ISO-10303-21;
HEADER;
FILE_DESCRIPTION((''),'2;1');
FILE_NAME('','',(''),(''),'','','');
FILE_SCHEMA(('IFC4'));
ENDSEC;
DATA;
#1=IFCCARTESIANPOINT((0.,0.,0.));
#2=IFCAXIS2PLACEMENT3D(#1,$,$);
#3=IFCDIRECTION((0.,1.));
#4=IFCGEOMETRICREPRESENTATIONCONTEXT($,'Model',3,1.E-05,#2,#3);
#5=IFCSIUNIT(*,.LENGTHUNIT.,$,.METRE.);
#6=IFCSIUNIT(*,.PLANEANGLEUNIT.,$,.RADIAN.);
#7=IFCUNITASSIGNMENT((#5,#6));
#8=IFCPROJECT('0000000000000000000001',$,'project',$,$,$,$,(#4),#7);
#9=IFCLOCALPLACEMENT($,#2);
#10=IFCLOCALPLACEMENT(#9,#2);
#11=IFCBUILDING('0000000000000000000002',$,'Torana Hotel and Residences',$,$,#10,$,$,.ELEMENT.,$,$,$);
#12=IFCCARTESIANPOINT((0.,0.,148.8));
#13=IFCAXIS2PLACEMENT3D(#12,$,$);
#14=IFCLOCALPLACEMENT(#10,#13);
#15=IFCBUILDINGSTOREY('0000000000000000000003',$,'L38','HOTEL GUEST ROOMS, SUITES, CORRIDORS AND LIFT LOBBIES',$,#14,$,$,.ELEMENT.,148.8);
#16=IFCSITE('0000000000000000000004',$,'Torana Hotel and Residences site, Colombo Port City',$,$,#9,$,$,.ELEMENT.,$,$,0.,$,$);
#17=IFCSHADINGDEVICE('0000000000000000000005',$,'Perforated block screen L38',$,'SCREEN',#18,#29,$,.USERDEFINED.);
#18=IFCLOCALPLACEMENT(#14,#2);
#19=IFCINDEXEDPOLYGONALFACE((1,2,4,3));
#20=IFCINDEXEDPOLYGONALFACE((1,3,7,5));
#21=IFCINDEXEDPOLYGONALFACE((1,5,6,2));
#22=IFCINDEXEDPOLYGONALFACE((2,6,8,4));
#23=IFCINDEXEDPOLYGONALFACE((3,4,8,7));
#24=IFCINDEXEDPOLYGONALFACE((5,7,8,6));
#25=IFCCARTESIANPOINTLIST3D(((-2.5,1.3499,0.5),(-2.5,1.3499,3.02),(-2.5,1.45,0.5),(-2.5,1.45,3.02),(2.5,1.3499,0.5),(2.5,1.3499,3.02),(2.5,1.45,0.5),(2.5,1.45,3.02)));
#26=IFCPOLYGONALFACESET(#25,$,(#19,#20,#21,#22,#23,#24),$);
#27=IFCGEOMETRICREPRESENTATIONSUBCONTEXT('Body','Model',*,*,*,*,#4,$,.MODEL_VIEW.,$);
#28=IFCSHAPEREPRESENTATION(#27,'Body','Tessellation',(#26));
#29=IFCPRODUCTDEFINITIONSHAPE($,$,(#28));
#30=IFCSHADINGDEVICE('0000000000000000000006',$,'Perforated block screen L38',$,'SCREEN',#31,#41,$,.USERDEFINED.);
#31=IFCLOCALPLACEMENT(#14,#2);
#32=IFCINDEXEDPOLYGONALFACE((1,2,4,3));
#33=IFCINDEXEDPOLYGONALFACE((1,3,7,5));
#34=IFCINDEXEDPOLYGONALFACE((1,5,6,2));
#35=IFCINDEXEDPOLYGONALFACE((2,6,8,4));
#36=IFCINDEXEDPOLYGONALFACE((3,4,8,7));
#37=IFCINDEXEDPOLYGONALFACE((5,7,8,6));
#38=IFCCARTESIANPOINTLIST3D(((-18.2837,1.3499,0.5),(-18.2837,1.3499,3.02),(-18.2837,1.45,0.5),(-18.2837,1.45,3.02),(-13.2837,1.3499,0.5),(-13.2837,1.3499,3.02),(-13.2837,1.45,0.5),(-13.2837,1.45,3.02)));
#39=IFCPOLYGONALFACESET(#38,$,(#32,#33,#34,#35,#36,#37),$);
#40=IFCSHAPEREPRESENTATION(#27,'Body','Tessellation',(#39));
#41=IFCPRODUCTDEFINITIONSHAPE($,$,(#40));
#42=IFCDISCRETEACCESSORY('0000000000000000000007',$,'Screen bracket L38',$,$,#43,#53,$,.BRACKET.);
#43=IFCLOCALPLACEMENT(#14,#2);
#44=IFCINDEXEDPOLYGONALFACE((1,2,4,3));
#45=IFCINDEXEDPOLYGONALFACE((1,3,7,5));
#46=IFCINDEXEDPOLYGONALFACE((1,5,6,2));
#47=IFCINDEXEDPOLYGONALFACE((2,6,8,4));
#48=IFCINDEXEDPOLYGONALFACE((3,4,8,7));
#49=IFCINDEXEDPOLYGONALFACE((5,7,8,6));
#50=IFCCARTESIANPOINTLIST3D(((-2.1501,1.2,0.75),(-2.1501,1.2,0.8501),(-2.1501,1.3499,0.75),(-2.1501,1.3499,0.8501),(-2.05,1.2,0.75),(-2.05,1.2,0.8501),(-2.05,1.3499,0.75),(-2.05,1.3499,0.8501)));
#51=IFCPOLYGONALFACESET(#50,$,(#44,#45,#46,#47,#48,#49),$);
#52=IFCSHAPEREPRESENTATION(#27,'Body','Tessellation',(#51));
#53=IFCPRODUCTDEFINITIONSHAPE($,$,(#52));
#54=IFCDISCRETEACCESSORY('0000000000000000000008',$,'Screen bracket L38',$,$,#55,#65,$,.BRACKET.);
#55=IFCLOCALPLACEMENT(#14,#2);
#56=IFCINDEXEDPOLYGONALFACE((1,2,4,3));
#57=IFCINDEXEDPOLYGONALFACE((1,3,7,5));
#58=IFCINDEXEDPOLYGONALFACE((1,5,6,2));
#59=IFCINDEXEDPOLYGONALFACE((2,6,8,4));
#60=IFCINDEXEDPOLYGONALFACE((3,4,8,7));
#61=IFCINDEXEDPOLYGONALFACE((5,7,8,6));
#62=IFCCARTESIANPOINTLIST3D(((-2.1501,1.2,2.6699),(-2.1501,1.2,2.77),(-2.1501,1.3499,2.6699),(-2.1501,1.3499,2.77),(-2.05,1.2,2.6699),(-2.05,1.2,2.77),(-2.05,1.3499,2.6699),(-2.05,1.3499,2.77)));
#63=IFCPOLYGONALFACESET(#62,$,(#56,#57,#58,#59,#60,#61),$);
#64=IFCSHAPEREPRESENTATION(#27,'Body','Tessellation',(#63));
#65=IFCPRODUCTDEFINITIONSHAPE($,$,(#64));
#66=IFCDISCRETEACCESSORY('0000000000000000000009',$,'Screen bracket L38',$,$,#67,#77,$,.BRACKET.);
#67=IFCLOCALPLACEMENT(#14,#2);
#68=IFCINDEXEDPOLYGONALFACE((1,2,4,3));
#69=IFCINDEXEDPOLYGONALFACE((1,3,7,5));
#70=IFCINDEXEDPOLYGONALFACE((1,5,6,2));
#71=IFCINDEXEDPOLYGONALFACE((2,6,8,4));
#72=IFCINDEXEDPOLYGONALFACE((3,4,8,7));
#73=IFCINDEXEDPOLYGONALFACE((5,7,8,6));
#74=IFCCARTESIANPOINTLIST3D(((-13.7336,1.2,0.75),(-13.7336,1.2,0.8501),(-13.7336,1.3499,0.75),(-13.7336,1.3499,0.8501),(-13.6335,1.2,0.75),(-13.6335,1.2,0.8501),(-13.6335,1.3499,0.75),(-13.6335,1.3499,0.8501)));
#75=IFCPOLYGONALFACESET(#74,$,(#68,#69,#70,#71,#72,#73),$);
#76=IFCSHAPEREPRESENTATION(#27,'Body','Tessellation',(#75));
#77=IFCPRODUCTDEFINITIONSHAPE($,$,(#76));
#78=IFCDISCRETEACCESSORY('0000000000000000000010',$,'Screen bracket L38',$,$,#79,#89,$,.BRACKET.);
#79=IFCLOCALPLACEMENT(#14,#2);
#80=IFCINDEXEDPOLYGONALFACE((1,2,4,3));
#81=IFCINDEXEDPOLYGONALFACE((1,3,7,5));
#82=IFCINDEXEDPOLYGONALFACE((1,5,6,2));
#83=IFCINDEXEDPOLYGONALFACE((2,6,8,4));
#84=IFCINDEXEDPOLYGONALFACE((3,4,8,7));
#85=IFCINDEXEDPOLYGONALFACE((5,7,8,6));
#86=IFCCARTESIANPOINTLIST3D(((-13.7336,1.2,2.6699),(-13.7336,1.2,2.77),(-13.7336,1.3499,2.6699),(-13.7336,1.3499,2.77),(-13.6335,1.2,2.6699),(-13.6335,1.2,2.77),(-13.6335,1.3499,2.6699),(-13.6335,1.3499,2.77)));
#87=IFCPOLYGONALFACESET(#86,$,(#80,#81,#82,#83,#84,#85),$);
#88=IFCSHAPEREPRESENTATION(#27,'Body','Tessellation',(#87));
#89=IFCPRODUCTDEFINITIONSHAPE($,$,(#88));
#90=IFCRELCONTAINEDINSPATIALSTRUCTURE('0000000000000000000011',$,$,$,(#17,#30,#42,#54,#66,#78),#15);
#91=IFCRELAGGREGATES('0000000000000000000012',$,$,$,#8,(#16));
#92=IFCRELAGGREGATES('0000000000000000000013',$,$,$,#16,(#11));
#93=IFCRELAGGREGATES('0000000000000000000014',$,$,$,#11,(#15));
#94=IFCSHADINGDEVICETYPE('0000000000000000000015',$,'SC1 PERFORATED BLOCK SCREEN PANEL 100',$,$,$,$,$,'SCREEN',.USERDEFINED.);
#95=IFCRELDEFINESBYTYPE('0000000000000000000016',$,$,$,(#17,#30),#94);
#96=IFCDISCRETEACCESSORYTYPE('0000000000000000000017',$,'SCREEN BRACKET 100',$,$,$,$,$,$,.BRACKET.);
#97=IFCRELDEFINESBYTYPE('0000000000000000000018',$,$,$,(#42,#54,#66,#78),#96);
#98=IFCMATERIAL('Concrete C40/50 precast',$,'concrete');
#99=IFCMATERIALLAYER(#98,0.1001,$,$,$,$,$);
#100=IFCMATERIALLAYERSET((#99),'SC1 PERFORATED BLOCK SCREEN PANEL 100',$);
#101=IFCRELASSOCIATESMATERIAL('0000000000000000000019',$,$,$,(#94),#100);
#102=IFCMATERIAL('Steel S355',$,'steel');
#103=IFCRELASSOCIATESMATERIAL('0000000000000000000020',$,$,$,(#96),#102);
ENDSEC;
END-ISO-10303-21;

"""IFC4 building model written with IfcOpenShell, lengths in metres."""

from ifc_helpers import new_model, si_unit, direction, frame, origin, origin_2d, place, context, subcontext, project, spatial, rectangle, extrude, material, layer, layer_set, type_object, element, save


model = new_model("IFC4")

# Units and contexts
model_context = context("Model", 3, precision=1e-05, world=origin(), true_north=direction((0.0, 1.0)))
body_context = subcontext(model_context, "Body", "Model", "MODEL_VIEW")
ifc_project = project(units=[si_unit("LENGTHUNIT", "METRE"), si_unit("PLANEANGLEUNIT", "RADIAN")], contexts=[model_context])

# Site, building, storey
site_placement = place(None, origin())
site = spatial("IfcSite", under=ifc_project, at=site_placement, Name="Torana Hotel and Residences site, Colombo Port City", CompositionType="ELEMENT", RefElevation=0.0)
building_placement = place(site_placement, origin())
building = spatial("IfcBuilding", under=site, at=building_placement, Name="Torana Hotel and Residences", CompositionType="ELEMENT")
storey_placement = place(building_placement, frame((0.0, 0.0, 148.8)))
storey = spatial("IfcBuildingStorey", under=building, at=storey_placement, Name="L38", Description="HOTEL GUEST ROOMS, SUITES, CORRIDORS AND LIFT LOBBIES", CompositionType="ELEMENT", Elevation=148.8)

# Shading devices
ifc_material_1 = material(Name="Concrete C40/50 precast", Category="concrete")
ifc_layer_1 = layer(ifc_material_1, 0.1001)
ifc_layer_set_1 = layer_set([ifc_layer_1], Name="SC1 PERFORATED BLOCK SCREEN PANEL 100")
shading_device_type = type_object("IfcShadingDeviceType", Name="SC1 PERFORATED BLOCK SCREEN PANEL 100", ElementType="SCREEN", PredefinedType="USERDEFINED", material=ifc_layer_set_1)
for number, where, z_axis, x_axis, name in (
    (1, (0.0, 1.3999, 0.5), (0.0, 0.0, 1.0), (-1.0, 0.0, 0.0), "Perforated block screen L38"),
    (2, (-15.7837, 1.3999, 0.5), (0.0, 0.0, 1.0), (-1.0, 0.0, 0.0), "Perforated block screen L38"),
):
    element("IfcShadingDevice", number, at=place(storey_placement, frame(where, z_axis=z_axis, x_axis=x_axis)), inside=storey, type_object=shading_device_type, Name=name, ObjectType="SCREEN", PredefinedType="USERDEFINED", context=body_context, shape_type="SweptSolid", body=[
        extrude(rectangle(XDim=5.0, YDim=0.1001, at=origin_2d()), origin(), (0.0, 0.0, 1.0), 2.52),
    ])

# Discrete accessories
ifc_material_2 = material(Name="Steel S355", Category="steel")
discrete_accessory_type = type_object("IfcDiscreteAccessoryType", Name="SCREEN BRACKET 100", PredefinedType="BRACKET", material=ifc_material_2)
for number, where, z_axis, x_axis, name in (
    (3, (-2.1001, 1.2749, 0.75), (0.0, 0.0, 1.0), (-1.0, 0.0, 0.0), "Screen bracket L38"),
    (4, (-2.1001, 1.2749, 2.6699), (0.0, 0.0, 1.0), (-1.0, 0.0, 0.0), "Screen bracket L38"),
    (5, (-13.6836, 1.2749, 0.75), (0.0, 0.0, 1.0), (-1.0, 0.0, 0.0), "Screen bracket L38"),
    (6, (-13.6836, 1.2749, 2.6699), (0.0, 0.0, 1.0), (-1.0, 0.0, 0.0), "Screen bracket L38"),
):
    element("IfcDiscreteAccessory", number, at=place(storey_placement, frame(where, z_axis=z_axis, x_axis=x_axis)), inside=storey, type_object=discrete_accessory_type, Name=name, PredefinedType="BRACKET", context=body_context, shape_type="SweptSolid", body=[
        extrude(rectangle(XDim=0.1001, YDim=0.1499, at=origin_2d()), origin(), (0.0, 0.0, 1.0), 0.1001),
    ])

save(model, "model.ifc")
